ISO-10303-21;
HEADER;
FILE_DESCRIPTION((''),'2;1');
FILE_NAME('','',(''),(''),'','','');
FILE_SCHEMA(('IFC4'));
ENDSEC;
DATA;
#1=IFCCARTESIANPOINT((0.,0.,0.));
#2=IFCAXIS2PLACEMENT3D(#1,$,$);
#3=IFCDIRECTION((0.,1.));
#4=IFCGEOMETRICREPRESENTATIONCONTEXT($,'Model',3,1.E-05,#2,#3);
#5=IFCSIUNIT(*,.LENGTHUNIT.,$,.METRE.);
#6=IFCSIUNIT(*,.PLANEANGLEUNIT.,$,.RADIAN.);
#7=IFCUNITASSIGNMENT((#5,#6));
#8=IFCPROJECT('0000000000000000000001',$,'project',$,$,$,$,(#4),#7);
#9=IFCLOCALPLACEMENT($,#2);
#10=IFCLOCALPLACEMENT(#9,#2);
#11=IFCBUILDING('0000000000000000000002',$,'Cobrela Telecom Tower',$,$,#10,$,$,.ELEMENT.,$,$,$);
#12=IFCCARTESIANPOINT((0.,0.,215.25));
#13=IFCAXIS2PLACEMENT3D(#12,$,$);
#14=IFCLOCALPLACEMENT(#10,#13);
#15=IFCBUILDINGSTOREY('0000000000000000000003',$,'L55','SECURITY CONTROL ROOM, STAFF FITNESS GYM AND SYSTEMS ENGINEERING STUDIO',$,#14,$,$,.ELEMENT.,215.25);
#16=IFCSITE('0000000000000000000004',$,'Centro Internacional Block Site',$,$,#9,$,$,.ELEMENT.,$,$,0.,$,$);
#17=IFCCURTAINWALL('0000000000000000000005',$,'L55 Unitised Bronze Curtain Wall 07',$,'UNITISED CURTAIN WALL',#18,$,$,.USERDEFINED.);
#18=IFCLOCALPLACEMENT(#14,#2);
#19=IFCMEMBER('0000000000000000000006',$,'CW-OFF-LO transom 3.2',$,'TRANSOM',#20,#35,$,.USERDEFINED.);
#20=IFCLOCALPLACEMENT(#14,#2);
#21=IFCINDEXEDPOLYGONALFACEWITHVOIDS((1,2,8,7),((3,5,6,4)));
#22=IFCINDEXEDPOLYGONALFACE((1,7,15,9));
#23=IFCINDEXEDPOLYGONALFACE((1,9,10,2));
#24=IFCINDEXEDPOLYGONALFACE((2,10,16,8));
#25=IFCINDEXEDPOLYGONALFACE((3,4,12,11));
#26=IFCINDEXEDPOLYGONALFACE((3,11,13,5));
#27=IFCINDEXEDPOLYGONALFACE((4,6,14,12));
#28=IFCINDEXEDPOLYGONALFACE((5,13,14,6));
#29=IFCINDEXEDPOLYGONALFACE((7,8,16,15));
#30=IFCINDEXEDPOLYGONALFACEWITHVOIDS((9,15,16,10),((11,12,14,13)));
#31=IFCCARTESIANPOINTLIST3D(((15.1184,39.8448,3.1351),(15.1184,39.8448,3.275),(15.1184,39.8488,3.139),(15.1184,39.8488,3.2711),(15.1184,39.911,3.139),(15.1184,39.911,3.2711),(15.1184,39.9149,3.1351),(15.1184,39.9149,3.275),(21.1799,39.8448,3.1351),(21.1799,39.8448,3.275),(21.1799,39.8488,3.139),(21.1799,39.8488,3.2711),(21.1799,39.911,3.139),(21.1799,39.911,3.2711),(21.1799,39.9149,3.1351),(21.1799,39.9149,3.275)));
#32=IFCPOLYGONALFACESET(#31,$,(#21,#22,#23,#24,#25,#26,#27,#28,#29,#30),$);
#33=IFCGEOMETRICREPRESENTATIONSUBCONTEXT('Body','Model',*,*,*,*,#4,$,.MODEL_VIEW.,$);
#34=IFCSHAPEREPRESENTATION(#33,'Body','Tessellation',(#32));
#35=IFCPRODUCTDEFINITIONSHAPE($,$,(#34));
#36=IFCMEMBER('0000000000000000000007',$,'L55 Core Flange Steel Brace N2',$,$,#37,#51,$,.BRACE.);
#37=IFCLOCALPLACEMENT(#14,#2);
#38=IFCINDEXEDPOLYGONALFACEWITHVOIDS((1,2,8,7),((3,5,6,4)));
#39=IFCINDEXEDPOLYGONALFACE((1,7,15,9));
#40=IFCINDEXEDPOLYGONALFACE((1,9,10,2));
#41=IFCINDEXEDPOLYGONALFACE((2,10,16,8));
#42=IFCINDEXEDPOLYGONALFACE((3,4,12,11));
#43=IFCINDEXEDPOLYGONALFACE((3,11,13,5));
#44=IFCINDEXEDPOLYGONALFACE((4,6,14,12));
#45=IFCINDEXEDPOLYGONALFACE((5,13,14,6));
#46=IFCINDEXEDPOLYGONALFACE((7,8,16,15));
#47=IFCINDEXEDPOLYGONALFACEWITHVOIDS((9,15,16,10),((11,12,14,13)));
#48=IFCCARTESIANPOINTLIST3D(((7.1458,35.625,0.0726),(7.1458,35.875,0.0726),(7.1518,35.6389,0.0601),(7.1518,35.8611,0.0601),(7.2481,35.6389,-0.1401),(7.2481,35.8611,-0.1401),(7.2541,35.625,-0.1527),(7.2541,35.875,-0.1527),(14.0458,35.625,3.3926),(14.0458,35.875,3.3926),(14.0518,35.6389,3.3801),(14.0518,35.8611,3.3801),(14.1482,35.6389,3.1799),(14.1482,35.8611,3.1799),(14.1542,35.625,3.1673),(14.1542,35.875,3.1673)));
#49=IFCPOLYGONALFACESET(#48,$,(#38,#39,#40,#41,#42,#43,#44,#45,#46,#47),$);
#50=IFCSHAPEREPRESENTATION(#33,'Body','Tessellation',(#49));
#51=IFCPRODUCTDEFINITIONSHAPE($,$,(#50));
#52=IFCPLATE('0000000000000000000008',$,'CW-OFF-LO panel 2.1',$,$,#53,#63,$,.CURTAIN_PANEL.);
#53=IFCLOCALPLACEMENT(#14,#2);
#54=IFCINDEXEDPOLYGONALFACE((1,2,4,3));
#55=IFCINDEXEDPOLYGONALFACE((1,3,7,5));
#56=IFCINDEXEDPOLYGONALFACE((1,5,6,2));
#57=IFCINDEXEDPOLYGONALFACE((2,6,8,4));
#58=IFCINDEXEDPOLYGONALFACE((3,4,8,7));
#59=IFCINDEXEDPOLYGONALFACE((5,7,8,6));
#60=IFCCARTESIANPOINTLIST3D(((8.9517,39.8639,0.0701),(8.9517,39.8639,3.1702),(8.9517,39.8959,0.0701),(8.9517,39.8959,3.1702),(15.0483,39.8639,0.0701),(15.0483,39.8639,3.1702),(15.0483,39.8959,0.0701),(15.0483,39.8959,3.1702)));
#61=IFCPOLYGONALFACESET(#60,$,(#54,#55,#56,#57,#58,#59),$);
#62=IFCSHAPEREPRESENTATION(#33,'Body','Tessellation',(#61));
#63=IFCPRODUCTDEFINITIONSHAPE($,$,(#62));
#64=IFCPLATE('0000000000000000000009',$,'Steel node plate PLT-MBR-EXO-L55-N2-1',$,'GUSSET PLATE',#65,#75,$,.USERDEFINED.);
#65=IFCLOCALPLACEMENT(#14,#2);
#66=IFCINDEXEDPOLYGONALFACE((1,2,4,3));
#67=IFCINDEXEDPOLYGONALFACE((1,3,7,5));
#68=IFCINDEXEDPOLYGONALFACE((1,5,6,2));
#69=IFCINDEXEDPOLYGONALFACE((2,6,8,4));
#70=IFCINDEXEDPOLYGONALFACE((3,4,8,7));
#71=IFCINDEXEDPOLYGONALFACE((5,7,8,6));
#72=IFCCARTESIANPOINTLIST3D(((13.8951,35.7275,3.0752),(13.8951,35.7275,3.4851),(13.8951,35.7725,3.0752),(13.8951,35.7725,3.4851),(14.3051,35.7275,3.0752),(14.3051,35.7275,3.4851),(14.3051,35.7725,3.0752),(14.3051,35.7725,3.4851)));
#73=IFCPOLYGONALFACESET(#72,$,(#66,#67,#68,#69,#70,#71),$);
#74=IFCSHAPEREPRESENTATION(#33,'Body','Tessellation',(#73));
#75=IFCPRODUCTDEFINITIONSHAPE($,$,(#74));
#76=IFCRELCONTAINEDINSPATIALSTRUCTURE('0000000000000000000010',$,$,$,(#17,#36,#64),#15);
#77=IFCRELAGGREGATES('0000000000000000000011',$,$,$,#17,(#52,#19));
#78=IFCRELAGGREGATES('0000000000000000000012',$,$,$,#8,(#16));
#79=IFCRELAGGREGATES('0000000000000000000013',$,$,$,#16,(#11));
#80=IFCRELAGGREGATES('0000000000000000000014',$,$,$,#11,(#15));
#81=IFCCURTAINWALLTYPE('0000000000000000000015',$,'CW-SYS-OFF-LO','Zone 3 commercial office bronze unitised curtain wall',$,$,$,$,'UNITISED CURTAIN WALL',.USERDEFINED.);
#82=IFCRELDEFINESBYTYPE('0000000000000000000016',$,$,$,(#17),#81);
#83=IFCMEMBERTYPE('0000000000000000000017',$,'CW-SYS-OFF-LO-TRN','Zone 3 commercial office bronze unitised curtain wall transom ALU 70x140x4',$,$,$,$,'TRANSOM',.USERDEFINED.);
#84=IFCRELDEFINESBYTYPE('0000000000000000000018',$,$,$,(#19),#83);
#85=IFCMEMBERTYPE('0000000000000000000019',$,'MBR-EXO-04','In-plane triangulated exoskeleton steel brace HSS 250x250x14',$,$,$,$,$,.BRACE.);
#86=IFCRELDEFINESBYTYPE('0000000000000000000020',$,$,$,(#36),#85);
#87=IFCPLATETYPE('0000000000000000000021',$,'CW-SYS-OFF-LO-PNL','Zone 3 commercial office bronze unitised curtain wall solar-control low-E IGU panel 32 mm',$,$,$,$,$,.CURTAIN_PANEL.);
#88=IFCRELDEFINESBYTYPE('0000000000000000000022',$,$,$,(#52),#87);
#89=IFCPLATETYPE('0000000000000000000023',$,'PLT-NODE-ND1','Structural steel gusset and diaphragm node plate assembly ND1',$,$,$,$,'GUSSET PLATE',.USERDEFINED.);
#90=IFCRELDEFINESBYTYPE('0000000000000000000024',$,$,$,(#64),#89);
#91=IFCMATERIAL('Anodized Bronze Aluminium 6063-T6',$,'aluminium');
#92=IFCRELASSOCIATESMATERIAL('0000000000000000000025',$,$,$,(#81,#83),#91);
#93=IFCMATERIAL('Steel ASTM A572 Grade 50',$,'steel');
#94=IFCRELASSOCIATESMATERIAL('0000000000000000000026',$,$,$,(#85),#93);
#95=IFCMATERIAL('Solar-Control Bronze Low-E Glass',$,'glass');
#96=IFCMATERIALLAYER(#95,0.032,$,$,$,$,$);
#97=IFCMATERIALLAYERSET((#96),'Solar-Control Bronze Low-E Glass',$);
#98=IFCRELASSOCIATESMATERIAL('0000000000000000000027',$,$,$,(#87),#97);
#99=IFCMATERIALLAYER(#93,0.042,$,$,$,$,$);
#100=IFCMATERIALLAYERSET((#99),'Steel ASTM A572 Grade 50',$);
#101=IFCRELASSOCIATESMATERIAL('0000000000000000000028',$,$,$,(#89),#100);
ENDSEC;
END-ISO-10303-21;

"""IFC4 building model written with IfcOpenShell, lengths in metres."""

from ifc_helpers import new_model, si_unit, direction, frame, origin, origin_2d, place, context, subcontext, project, spatial, rectangle, hollow_rectangle, extrude, material, layer, layer_set, material_profile, profile_set, type_object, element, aggregate, save


model = new_model("IFC4")

# Units and contexts
model_context = context("Model", 3, precision=1e-05, world=origin(), true_north=direction((0.0, 1.0)))
body_context = subcontext(model_context, "Body", "Model", "MODEL_VIEW")
ifc_project = project(units=[si_unit("LENGTHUNIT", "METRE"), si_unit("PLANEANGLEUNIT", "RADIAN")], contexts=[model_context])

# Site, building, storey
site_placement = place(None, origin())
site = spatial("IfcSite", under=ifc_project, at=site_placement, Name="Centro Internacional Block Site", CompositionType="ELEMENT", RefElevation=0.0)
building_placement = place(site_placement, origin())
building = spatial("IfcBuilding", under=site, at=building_placement, Name="Cobrela Telecom Tower", CompositionType="ELEMENT")
storey_placement = place(building_placement, frame((0.0, 0.0, 215.25)))
storey = spatial("IfcBuildingStorey", under=building, at=storey_placement, Name="L55", Description="SECURITY CONTROL ROOM, STAFF FITNESS GYM AND SYSTEMS ENGINEERING STUDIO", CompositionType="ELEMENT", Elevation=215.25)

# Shared definitions
ifc_material_1 = material(Name="Steel ASTM A572 Grade 50", Category="steel")

# Curtain wall, member
ifc_material_2 = material(Name="Anodized Bronze Aluminium 6063-T6", Category="aluminium")
curtain_wall_type = type_object("IfcCurtainWallType", Name="CW-SYS-OFF-LO", Description="Zone 3 commercial office bronze unitised curtain wall", ElementType="UNITISED CURTAIN WALL", PredefinedType="USERDEFINED", material=ifc_material_2)
curtain_wall_placement = place(storey_placement, origin())
curtain_wall = element("IfcCurtainWall", 1, at=curtain_wall_placement, inside=storey, type_object=curtain_wall_type, Name="L55 Unitised Bronze Curtain Wall 07", ObjectType="UNITISED CURTAIN WALL", PredefinedType="USERDEFINED")
ifc_material_profile_1 = material_profile(ifc_material_2, hollow_rectangle(XDim=0.0701, YDim=0.1399, WallThickness=0.0039, at=origin_2d()), Name="ALU 70x140x4")
ifc_profile_set_1 = profile_set([ifc_material_profile_1], Name="Anodized Bronze Aluminium 6063-T6")
member_type_1 = type_object("IfcMemberType", Name="CW-SYS-OFF-LO-TRN", Description="Zone 3 commercial office bronze unitised curtain wall transom ALU 70x140x4", ElementType="TRANSOM", PredefinedType="USERDEFINED", material=ifc_profile_set_1)
member_1_placement = place(storey_placement, frame((15.1184, 39.8799, 3.2051), z_axis=(1.0, 0.0, 0.0), x_axis=(0.0, 1.0, 0.0)))
member_1 = element("IfcMember", 2, at=member_1_placement, type_object=member_type_1, Name="CW-OFF-LO transom 3.2", ObjectType="TRANSOM", PredefinedType="USERDEFINED", context=body_context, shape_type="SweptSolid", body=[
    extrude(hollow_rectangle(XDim=0.0701, YDim=0.1399, WallThickness=0.0039, at=origin_2d()), origin(), (0.0, 0.0, 1.0), 6.0615),
])

# Member
ifc_material_profile_2 = material_profile(ifc_material_1, hollow_rectangle(XDim=0.25, YDim=0.25, WallThickness=0.0139, at=origin_2d()), Name="HSS 250x250x14")
ifc_profile_set_2 = profile_set([ifc_material_profile_2], Name="Steel ASTM A572 Grade 50")
member_type_2 = type_object("IfcMemberType", Name="MBR-EXO-04", Description="In-plane triangulated exoskeleton steel brace HSS 250x250x14", PredefinedType="BRACE", material=ifc_profile_set_2)
member_2_placement = place(storey_placement, frame((7.2, 35.75, -0.04), z_axis=(0.901115, 0.0, 0.43358), x_axis=(0.0, 1.0, 0.0)))
element("IfcMember", 3, at=member_2_placement, inside=storey, type_object=member_type_2, Name="L55 Core Flange Steel Brace N2", PredefinedType="BRACE", context=body_context, shape_type="SweptSolid", body=[
    extrude(hollow_rectangle(XDim=0.25, YDim=0.25, WallThickness=0.0139, at=origin_2d()), origin(), (0.0, 0.0, 1.0), 7.6572),
])

# Plates
ifc_material_3 = material(Name="Solar-Control Bronze Low-E Glass", Category="glass")
ifc_layer_1 = layer(ifc_material_3, 0.032)
ifc_layer_set_1 = layer_set([ifc_layer_1], Name="Solar-Control Bronze Low-E Glass")
plate_type_1 = type_object("IfcPlateType", Name="CW-SYS-OFF-LO-PNL", Description="Zone 3 commercial office bronze unitised curtain wall solar-control low-E IGU panel 32 mm", PredefinedType="CURTAIN_PANEL", material=ifc_layer_set_1)
plate_1_placement = place(storey_placement, frame((12.0, 39.8799, 0.0701), z_axis=(0.0, 0.0, 1.0), x_axis=(1.0, 0.0, 0.0)))
plate_1 = element("IfcPlate", 4, at=plate_1_placement, type_object=plate_type_1, Name="CW-OFF-LO panel 2.1", PredefinedType="CURTAIN_PANEL", context=body_context, shape_type="SweptSolid", body=[
    extrude(rectangle(XDim=6.0967, YDim=0.032, at=origin_2d()), origin(), (0.0, 0.0, 1.0), 3.1001),
])
aggregate(curtain_wall, [plate_1, member_1])
ifc_layer_2 = layer(ifc_material_1, 0.042)
ifc_layer_set_2 = layer_set([ifc_layer_2], Name="Steel ASTM A572 Grade 50")
plate_type_2 = type_object("IfcPlateType", Name="PLT-NODE-ND1", Description="Structural steel gusset and diaphragm node plate assembly ND1", ElementType="GUSSET PLATE", PredefinedType="USERDEFINED", material=ifc_layer_set_2)
plate_2_placement = place(storey_placement, frame((14.1001, 35.75, 3.0752), z_axis=(0.0, 0.0, 1.0), x_axis=(1.0, 0.0, 0.0)))
element("IfcPlate", 5, at=plate_2_placement, inside=storey, type_object=plate_type_2, Name="Steel node plate PLT-MBR-EXO-L55-N2-1", ObjectType="GUSSET PLATE", PredefinedType="USERDEFINED", context=body_context, shape_type="SweptSolid", body=[
    extrude(rectangle(XDim=0.4099, YDim=0.0449, at=origin_2d()), origin(), (0.0, 0.0, 1.0), 0.4099),
])

save(model, "model.ifc")
